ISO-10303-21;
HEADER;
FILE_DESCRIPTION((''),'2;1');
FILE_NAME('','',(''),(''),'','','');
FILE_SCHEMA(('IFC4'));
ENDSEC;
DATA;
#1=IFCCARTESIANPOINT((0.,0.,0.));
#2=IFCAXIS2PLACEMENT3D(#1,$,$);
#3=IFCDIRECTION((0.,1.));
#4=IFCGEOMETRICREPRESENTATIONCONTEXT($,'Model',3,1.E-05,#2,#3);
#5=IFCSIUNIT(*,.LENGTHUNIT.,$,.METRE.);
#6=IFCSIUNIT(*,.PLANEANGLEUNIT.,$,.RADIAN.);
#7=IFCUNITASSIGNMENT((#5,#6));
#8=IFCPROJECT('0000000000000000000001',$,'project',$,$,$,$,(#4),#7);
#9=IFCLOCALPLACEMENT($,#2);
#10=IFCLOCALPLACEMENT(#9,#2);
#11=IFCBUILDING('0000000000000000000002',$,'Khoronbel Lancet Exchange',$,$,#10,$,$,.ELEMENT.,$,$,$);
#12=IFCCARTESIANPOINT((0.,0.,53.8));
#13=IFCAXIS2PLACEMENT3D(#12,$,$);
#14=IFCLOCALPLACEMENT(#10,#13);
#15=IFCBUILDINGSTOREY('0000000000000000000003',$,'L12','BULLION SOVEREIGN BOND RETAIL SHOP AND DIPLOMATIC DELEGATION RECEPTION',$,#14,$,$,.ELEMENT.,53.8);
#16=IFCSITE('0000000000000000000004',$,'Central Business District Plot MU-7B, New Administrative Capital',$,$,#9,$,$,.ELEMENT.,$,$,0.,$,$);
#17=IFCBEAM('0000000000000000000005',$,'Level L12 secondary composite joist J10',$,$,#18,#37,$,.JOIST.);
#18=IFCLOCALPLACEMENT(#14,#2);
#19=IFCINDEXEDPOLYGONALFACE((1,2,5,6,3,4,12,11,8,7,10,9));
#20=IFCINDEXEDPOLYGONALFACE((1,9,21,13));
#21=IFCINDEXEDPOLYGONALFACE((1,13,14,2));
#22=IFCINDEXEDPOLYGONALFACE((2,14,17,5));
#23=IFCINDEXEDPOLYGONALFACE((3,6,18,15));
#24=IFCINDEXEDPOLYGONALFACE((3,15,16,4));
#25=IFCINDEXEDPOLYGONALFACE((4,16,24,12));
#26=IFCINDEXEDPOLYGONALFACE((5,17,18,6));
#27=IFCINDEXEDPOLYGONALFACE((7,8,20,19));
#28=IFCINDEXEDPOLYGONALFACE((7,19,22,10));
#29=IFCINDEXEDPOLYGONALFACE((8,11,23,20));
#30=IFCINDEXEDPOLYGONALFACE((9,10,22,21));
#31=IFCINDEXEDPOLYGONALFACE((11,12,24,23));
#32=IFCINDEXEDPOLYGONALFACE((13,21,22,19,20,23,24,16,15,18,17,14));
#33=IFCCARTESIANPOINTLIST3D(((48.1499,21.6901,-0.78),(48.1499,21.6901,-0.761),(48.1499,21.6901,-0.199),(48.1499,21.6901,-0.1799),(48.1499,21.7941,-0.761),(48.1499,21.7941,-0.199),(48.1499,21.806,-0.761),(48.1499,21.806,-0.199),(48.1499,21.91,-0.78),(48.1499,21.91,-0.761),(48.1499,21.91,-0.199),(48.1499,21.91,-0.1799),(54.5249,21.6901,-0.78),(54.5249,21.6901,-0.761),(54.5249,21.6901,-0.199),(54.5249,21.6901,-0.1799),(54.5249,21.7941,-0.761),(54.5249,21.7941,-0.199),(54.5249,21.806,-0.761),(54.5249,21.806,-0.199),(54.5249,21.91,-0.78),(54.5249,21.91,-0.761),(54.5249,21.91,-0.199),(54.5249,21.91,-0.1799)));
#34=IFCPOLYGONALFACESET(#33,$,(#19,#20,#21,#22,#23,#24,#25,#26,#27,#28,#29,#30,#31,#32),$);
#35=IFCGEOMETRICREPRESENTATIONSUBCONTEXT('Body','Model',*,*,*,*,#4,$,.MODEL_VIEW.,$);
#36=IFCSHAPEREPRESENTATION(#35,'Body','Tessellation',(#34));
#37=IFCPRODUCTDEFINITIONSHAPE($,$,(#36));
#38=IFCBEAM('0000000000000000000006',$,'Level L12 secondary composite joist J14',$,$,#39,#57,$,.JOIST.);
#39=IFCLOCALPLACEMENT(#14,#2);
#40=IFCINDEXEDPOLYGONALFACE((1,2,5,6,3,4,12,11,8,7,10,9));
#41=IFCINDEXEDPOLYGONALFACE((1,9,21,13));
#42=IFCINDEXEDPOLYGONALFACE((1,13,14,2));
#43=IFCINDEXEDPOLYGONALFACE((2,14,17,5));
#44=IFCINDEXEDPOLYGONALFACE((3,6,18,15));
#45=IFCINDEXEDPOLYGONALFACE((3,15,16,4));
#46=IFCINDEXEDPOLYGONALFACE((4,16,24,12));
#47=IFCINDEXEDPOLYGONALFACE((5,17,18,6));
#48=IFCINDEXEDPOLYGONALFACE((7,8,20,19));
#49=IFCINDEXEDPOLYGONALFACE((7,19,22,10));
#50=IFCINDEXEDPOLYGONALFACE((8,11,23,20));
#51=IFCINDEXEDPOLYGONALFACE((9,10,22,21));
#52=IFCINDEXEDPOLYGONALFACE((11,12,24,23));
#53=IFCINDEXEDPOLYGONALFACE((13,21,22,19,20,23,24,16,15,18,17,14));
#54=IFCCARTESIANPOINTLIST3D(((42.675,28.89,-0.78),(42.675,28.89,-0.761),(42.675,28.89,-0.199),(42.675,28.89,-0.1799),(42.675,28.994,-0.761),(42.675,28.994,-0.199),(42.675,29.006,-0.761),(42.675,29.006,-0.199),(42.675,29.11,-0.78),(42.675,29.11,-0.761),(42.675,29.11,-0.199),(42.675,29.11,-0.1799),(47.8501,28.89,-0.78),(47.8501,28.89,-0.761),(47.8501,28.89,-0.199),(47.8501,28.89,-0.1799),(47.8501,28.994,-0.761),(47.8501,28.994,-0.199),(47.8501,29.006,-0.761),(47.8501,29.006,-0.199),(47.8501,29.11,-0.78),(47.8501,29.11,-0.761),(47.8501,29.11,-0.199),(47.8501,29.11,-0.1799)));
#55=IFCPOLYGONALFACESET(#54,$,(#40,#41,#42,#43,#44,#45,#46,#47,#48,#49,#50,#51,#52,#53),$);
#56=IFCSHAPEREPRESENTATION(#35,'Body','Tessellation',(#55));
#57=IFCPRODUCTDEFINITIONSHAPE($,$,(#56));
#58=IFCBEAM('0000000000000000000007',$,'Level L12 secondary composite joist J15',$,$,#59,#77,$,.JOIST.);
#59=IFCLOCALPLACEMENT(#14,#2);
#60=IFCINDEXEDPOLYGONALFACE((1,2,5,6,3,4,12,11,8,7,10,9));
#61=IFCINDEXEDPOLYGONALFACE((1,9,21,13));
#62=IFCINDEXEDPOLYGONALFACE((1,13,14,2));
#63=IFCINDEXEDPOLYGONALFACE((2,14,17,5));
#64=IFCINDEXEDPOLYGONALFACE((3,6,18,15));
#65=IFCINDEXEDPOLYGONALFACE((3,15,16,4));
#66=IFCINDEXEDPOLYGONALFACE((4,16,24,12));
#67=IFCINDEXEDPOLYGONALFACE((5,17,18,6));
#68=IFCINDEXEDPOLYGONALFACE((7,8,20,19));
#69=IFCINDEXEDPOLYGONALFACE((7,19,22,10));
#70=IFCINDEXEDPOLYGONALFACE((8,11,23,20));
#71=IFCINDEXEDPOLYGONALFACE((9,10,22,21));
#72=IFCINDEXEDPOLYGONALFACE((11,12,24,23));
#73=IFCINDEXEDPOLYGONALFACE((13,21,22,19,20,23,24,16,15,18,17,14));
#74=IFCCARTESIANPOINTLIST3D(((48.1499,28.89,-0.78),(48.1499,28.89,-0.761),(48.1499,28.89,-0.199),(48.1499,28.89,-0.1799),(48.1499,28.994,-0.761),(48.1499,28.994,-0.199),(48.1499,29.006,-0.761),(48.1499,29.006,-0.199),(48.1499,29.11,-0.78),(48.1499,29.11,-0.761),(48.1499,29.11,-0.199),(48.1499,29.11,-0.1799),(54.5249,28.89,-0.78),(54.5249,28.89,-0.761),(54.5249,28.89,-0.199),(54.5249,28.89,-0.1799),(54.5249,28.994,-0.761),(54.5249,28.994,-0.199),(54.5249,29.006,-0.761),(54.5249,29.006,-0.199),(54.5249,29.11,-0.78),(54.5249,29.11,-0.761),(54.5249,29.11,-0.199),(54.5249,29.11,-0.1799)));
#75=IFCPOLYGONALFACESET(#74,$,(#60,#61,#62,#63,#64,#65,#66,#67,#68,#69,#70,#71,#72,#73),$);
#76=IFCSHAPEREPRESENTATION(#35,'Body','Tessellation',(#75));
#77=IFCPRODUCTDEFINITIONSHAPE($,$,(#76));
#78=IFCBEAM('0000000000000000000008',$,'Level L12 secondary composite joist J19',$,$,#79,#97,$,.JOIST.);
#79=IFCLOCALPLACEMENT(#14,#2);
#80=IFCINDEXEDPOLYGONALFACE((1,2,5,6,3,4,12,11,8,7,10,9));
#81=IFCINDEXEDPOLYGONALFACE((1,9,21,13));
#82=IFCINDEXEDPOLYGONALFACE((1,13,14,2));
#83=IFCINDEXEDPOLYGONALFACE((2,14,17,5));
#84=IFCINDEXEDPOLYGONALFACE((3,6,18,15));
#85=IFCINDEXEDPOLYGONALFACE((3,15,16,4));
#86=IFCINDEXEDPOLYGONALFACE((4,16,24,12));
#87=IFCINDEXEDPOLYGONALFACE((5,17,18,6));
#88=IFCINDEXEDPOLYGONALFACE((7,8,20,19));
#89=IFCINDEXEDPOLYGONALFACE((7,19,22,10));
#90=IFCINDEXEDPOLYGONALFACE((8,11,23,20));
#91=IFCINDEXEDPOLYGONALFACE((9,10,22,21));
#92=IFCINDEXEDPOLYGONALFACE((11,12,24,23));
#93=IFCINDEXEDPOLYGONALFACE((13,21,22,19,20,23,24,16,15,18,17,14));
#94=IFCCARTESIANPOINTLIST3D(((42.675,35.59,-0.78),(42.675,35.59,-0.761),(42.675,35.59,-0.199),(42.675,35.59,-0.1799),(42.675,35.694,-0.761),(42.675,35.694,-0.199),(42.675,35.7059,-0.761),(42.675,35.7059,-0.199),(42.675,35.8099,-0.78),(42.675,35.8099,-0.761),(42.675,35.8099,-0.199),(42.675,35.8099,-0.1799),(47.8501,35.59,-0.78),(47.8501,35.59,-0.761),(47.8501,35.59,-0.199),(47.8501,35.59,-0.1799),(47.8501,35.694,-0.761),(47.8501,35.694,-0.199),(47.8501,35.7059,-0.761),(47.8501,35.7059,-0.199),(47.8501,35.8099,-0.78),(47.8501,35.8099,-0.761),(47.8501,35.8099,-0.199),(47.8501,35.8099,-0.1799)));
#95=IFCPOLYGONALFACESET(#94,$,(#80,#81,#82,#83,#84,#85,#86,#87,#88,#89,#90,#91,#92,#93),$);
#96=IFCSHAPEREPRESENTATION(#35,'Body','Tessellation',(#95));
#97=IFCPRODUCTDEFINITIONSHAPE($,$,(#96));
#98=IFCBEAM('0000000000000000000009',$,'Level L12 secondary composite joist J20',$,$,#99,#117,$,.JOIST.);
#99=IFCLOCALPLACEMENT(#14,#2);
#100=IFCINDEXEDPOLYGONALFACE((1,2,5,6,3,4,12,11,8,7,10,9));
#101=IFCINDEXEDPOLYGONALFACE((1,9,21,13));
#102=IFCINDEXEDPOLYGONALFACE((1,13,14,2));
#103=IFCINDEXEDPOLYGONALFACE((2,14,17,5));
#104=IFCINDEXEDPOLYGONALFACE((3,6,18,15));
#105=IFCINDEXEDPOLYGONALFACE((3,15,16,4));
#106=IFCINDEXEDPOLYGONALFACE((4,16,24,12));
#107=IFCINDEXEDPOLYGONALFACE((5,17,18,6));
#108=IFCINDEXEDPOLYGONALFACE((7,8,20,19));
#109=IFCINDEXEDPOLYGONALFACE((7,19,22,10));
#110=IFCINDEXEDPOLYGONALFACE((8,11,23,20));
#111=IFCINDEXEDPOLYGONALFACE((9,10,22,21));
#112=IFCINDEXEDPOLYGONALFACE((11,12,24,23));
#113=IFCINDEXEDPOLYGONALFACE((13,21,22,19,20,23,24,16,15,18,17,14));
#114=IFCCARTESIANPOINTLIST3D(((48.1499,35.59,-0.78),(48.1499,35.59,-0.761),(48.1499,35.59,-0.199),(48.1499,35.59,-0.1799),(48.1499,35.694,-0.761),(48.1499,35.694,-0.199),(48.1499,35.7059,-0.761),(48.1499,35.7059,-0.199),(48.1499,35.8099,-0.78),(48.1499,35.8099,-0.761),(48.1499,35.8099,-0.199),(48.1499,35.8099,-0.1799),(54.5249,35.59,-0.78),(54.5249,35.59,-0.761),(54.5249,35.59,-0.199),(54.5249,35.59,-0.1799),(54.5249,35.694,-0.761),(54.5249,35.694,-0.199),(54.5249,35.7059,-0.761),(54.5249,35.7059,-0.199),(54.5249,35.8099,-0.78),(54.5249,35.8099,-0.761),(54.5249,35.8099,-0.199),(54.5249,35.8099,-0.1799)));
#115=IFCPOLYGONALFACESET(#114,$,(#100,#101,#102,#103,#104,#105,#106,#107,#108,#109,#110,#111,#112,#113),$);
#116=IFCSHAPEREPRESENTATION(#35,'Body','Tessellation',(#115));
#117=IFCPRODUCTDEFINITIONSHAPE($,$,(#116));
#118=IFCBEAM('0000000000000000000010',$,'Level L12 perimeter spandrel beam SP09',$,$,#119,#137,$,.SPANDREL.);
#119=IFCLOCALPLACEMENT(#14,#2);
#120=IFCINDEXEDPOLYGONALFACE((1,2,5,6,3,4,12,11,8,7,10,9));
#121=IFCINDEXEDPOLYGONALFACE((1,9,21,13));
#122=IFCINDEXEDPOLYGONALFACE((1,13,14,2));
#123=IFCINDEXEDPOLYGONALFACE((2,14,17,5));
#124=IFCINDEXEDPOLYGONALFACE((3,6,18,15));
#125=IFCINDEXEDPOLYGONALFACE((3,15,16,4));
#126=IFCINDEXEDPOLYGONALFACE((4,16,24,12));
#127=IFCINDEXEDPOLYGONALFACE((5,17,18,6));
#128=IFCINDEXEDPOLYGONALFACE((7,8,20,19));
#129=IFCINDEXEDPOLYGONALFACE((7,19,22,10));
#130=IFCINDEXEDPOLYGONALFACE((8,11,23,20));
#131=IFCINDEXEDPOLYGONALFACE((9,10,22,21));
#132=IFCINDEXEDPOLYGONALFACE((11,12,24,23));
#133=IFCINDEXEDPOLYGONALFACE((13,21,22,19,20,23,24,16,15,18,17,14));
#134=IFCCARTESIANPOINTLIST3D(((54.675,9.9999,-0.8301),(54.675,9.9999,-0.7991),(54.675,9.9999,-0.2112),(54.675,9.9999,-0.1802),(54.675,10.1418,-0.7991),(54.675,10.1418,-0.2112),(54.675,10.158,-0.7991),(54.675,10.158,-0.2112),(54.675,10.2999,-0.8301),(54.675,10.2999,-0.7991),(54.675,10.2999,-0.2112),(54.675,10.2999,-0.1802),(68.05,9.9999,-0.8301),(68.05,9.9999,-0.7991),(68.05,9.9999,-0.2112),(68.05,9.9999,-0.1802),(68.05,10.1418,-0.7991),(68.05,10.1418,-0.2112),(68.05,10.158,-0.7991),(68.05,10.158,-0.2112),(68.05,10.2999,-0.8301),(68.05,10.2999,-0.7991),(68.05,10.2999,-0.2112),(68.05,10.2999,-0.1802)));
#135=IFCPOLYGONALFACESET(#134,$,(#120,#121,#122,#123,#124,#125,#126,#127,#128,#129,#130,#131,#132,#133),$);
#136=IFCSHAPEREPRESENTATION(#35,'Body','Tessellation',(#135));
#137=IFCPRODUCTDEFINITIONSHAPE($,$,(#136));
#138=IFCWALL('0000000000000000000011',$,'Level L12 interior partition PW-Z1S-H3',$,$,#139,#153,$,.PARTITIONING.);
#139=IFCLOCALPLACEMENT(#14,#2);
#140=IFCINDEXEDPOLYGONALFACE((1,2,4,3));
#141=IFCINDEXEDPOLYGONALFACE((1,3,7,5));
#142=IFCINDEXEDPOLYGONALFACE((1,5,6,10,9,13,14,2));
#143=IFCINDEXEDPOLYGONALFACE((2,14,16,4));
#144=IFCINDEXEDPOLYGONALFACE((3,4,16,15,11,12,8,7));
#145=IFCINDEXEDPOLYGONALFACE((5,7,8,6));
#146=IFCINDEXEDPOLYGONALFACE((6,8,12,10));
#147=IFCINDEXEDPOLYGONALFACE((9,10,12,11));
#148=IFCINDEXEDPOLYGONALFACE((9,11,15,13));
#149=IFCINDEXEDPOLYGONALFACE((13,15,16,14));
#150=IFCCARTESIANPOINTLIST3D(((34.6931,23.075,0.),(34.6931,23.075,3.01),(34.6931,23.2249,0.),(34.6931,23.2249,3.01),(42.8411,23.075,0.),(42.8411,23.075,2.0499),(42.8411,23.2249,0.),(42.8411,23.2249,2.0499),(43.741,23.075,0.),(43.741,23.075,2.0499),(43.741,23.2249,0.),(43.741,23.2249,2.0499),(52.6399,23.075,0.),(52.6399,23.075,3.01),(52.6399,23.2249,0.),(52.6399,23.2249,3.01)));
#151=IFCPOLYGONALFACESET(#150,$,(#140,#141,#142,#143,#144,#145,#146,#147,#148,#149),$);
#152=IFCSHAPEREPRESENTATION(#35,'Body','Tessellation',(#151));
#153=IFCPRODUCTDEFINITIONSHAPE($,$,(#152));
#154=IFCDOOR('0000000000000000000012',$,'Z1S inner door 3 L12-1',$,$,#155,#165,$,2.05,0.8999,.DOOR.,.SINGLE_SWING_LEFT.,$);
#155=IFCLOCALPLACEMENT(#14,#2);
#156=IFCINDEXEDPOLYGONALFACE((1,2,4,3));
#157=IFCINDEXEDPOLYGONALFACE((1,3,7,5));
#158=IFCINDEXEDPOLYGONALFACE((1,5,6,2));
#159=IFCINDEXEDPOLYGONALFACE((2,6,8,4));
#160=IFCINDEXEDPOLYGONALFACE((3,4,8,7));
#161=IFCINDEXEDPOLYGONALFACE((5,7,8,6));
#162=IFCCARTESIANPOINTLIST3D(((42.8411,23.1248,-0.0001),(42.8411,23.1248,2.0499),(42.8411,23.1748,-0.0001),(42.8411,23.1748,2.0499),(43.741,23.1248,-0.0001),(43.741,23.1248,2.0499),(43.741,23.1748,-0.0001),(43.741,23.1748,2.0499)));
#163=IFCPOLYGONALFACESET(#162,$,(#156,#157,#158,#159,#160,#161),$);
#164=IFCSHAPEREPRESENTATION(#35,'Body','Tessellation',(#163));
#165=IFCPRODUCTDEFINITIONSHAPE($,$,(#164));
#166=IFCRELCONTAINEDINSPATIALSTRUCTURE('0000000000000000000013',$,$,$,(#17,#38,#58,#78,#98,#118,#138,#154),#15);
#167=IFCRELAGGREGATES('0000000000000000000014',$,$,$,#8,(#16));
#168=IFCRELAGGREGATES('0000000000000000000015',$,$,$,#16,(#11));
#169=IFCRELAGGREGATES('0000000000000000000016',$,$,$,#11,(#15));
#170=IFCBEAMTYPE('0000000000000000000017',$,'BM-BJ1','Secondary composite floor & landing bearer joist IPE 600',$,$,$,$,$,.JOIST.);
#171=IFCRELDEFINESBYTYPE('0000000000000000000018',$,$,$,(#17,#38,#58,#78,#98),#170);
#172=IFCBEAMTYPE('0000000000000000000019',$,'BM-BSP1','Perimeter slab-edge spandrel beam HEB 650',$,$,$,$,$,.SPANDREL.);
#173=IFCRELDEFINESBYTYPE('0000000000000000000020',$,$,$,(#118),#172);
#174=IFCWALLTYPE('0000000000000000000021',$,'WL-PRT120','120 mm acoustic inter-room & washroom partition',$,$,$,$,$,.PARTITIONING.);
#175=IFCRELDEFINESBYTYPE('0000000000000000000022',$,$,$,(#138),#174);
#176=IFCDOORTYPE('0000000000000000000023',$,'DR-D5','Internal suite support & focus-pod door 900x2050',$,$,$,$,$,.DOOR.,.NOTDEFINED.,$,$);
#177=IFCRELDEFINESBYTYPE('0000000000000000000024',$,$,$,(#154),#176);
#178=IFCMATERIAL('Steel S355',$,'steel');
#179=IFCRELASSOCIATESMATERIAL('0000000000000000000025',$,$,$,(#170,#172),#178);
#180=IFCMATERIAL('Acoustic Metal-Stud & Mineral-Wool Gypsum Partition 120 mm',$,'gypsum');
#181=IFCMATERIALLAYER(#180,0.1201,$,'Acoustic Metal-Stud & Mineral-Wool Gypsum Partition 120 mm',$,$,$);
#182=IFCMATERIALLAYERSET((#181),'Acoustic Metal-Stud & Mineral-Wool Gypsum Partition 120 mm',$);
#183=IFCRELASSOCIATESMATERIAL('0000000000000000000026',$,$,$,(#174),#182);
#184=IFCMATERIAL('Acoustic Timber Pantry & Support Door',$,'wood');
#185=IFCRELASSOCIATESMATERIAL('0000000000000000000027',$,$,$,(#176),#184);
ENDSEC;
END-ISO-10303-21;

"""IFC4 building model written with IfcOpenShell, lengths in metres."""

from ifc_helpers import new_model, si_unit, direction, frame, frame_2d, origin, origin_2d, place, context, subcontext, project, spatial, rectangle, i_section, extrude, material, layer, layer_set, material_profile, profile_set, type_object, element, fill, save


model = new_model("IFC4")

# Units and contexts
model_context = context("Model", 3, precision=1e-05, world=origin(), true_north=direction((0.0, 1.0)))
body_context = subcontext(model_context, "Body", "Model", "MODEL_VIEW")
ifc_project = project(units=[si_unit("LENGTHUNIT", "METRE"), si_unit("PLANEANGLEUNIT", "RADIAN")], contexts=[model_context])

# Site, building, storey
site_placement = place(None, origin())
site = spatial("IfcSite", under=ifc_project, at=site_placement, Name="Central Business District Plot MU-7B, New Administrative Capital", CompositionType="ELEMENT", RefElevation=0.0)
building_placement = place(site_placement, origin())
building = spatial("IfcBuilding", under=site, at=building_placement, Name="Khoronbel Lancet Exchange", CompositionType="ELEMENT")
storey_placement = place(building_placement, frame((0.0, 0.0, 53.8)))
storey = spatial("IfcBuildingStorey", under=building, at=storey_placement, Name="L12", Description="BULLION SOVEREIGN BOND RETAIL SHOP AND DIPLOMATIC DELEGATION RECEPTION", CompositionType="ELEMENT", Elevation=53.8)

# Beams
ifc_material_1 = material(Name="Steel S355", Category="steel")
ifc_material_profile_1 = material_profile(ifc_material_1, i_section(OverallWidth=0.22, OverallDepth=0.6001, WebThickness=0.012, FlangeThickness=0.019, at=origin_2d()), Name="IPE 600")
ifc_profile_set_1 = profile_set([ifc_material_profile_1], Name="Steel S355")
beam_type_1 = type_object("IfcBeamType", Name="BM-BJ1", Description="Secondary composite floor & landing bearer joist IPE 600", PredefinedType="JOIST", material=ifc_profile_set_1)
beam_1_placement = place(storey_placement, frame((48.1499, 21.8, -0.48), z_axis=(1.0, 0.0, 0.0), x_axis=(0.0, 1.0, 0.0)))
element("IfcBeam", 1, at=beam_1_placement, inside=storey, type_object=beam_type_1, Name="Level L12 secondary composite joist J10", PredefinedType="JOIST", context=body_context, shape_type="SweptSolid", body=[
    extrude(i_section(OverallWidth=0.22, OverallDepth=0.6001, WebThickness=0.012, FlangeThickness=0.019, at=origin_2d()), origin(), (0.0, 0.0, 1.0), 6.375),
])
beam_2_placement = place(storey_placement, frame((42.675, 29.0, -0.48), z_axis=(1.0, 0.0, 0.0), x_axis=(0.0, 1.0, 0.0)))
element("IfcBeam", 2, at=beam_2_placement, inside=storey, type_object=beam_type_1, Name="Level L12 secondary composite joist J14", PredefinedType="JOIST", context=body_context, shape_type="SweptSolid", body=[
    extrude(i_section(OverallWidth=0.22, OverallDepth=0.6001, WebThickness=0.012, FlangeThickness=0.019, at=origin_2d()), origin(), (0.0, 0.0, 1.0), 5.175),
])
beam_3_placement = place(storey_placement, frame((48.1499, 29.0, -0.48), z_axis=(1.0, 0.0, 0.0), x_axis=(0.0, 1.0, 0.0)))
element("IfcBeam", 3, at=beam_3_placement, inside=storey, type_object=beam_type_1, Name="Level L12 secondary composite joist J15", PredefinedType="JOIST", context=body_context, shape_type="SweptSolid", body=[
    extrude(i_section(OverallWidth=0.22, OverallDepth=0.6001, WebThickness=0.012, FlangeThickness=0.019, at=origin_2d()), origin(), (0.0, 0.0, 1.0), 6.375),
])
beam_4_placement = place(storey_placement, frame((42.675, 35.7, -0.48), z_axis=(1.0, 0.0, 0.0), x_axis=(0.0, 1.0, 0.0)))
element("IfcBeam", 4, at=beam_4_placement, inside=storey, type_object=beam_type_1, Name="Level L12 secondary composite joist J19", PredefinedType="JOIST", context=body_context, shape_type="SweptSolid", body=[
    extrude(i_section(OverallWidth=0.22, OverallDepth=0.6001, WebThickness=0.012, FlangeThickness=0.019, at=origin_2d()), origin(), (0.0, 0.0, 1.0), 5.175),
])
beam_5_placement = place(storey_placement, frame((48.1499, 35.7, -0.48), z_axis=(1.0, 0.0, 0.0), x_axis=(0.0, 1.0, 0.0)))
element("IfcBeam", 5, at=beam_5_placement, inside=storey, type_object=beam_type_1, Name="Level L12 secondary composite joist J20", PredefinedType="JOIST", context=body_context, shape_type="SweptSolid", body=[
    extrude(i_section(OverallWidth=0.22, OverallDepth=0.6001, WebThickness=0.012, FlangeThickness=0.019, at=origin_2d()), origin(), (0.0, 0.0, 1.0), 6.375),
])
ifc_material_profile_2 = material_profile(ifc_material_1, i_section(OverallWidth=0.3, OverallDepth=0.6499, WebThickness=0.0161, FlangeThickness=0.031, at=origin_2d()), Name="HEB 650")
ifc_profile_set_2 = profile_set([ifc_material_profile_2], Name="Steel S355")
beam_type_2 = type_object("IfcBeamType", Name="BM-BSP1", Description="Perimeter slab-edge spandrel beam HEB 650", PredefinedType="SPANDREL", material=ifc_profile_set_2)
beam_6_placement = place(storey_placement, frame((54.675, 10.1499, -0.5051), z_axis=(1.0, 0.0, 0.0), x_axis=(0.0, 1.0, 0.0)))
element("IfcBeam", 6, at=beam_6_placement, inside=storey, type_object=beam_type_2, Name="Level L12 perimeter spandrel beam SP09", PredefinedType="SPANDREL", context=body_context, shape_type="SweptSolid", body=[
    extrude(i_section(OverallWidth=0.3, OverallDepth=0.6499, WebThickness=0.0161, FlangeThickness=0.031, at=origin_2d()), origin(), (0.0, 0.0, 1.0), 13.375),
])

# Wall, opening, door
ifc_material_2 = material(Name="Acoustic Metal-Stud & Mineral-Wool Gypsum Partition 120 mm", Category="gypsum")
ifc_layer_1 = layer(ifc_material_2, 0.1201, Name="Acoustic Metal-Stud & Mineral-Wool Gypsum Partition 120 mm")
ifc_layer_set_1 = layer_set([ifc_layer_1], Name="Acoustic Metal-Stud & Mineral-Wool Gypsum Partition 120 mm")
wall_type_1 = type_object("IfcWallType", Name="WL-PRT120", Description="120 mm acoustic inter-room & washroom partition", PredefinedType="PARTITIONING", material=ifc_layer_set_1)
wall_1_placement = place(storey_placement, frame((34.6931, 23.1499, 0.0), z_axis=(0.0, 0.0, 1.0), x_axis=(1.0, 0.0, 0.0)))
wall_1 = element("IfcWall", 7, at=wall_1_placement, inside=storey, type_object=wall_type_1, Name="Level L12 interior partition PW-Z1S-H3", PredefinedType="PARTITIONING", context=body_context, shape_type="SweptSolid", body=[
    extrude(rectangle(XDim=17.9468, YDim=0.1499, at=frame_2d((8.9734, 0.0))), origin(), (0.0, 0.0, 1.0), 3.01),
])
opening_1_placement = place(wall_1_placement, frame((8.1479, 0.0, 0.0)))
opening_1 = element("IfcOpeningElement", 8, at=opening_1_placement, cuts=wall_1, PredefinedType="OPENING", context=body_context, shape_type="SweptSolid", body=[
    extrude(rectangle(XDim=0.8999, YDim=2.05, at=frame_2d((0.45, 1.0249))), frame((0.0, 0.085, 0.0), z_axis=(0.0, -1.0, 0.0), x_axis=(1.0, 0.0, 0.0)), (0.0, 0.0, 1.0), 0.1699),
])
ifc_material_3 = material(Name="Acoustic Timber Pantry & Support Door", Category="wood")
door_type_1 = type_object("IfcDoorType", Name="DR-D5", Description="Internal suite support & focus-pod door 900x2050", OperationType="NOTDEFINED", PredefinedType="DOOR", material=ifc_material_3)
door_1_placement = place(opening_1_placement, origin())
door_1 = element("IfcDoor", 9, at=door_1_placement, inside=storey, type_object=door_type_1, Name="Z1S inner door 3 L12-1", OperationType="SINGLE_SWING_LEFT", OverallHeight=2.05, OverallWidth=0.8999, PredefinedType="DOOR", context=body_context, shape_type="SweptSolid", body=[
    extrude(rectangle(XDim=0.8999, YDim=2.05, at=frame_2d((0.45, 1.0249))), frame((0.0, 0.0249, 0.0), z_axis=(0.0, -1.0, 0.0), x_axis=(1.0, 0.0, 0.0)), (0.0, 0.0, 1.0), 0.05),
])
fill(opening_1, door_1)

save(model, "model.ifc")
